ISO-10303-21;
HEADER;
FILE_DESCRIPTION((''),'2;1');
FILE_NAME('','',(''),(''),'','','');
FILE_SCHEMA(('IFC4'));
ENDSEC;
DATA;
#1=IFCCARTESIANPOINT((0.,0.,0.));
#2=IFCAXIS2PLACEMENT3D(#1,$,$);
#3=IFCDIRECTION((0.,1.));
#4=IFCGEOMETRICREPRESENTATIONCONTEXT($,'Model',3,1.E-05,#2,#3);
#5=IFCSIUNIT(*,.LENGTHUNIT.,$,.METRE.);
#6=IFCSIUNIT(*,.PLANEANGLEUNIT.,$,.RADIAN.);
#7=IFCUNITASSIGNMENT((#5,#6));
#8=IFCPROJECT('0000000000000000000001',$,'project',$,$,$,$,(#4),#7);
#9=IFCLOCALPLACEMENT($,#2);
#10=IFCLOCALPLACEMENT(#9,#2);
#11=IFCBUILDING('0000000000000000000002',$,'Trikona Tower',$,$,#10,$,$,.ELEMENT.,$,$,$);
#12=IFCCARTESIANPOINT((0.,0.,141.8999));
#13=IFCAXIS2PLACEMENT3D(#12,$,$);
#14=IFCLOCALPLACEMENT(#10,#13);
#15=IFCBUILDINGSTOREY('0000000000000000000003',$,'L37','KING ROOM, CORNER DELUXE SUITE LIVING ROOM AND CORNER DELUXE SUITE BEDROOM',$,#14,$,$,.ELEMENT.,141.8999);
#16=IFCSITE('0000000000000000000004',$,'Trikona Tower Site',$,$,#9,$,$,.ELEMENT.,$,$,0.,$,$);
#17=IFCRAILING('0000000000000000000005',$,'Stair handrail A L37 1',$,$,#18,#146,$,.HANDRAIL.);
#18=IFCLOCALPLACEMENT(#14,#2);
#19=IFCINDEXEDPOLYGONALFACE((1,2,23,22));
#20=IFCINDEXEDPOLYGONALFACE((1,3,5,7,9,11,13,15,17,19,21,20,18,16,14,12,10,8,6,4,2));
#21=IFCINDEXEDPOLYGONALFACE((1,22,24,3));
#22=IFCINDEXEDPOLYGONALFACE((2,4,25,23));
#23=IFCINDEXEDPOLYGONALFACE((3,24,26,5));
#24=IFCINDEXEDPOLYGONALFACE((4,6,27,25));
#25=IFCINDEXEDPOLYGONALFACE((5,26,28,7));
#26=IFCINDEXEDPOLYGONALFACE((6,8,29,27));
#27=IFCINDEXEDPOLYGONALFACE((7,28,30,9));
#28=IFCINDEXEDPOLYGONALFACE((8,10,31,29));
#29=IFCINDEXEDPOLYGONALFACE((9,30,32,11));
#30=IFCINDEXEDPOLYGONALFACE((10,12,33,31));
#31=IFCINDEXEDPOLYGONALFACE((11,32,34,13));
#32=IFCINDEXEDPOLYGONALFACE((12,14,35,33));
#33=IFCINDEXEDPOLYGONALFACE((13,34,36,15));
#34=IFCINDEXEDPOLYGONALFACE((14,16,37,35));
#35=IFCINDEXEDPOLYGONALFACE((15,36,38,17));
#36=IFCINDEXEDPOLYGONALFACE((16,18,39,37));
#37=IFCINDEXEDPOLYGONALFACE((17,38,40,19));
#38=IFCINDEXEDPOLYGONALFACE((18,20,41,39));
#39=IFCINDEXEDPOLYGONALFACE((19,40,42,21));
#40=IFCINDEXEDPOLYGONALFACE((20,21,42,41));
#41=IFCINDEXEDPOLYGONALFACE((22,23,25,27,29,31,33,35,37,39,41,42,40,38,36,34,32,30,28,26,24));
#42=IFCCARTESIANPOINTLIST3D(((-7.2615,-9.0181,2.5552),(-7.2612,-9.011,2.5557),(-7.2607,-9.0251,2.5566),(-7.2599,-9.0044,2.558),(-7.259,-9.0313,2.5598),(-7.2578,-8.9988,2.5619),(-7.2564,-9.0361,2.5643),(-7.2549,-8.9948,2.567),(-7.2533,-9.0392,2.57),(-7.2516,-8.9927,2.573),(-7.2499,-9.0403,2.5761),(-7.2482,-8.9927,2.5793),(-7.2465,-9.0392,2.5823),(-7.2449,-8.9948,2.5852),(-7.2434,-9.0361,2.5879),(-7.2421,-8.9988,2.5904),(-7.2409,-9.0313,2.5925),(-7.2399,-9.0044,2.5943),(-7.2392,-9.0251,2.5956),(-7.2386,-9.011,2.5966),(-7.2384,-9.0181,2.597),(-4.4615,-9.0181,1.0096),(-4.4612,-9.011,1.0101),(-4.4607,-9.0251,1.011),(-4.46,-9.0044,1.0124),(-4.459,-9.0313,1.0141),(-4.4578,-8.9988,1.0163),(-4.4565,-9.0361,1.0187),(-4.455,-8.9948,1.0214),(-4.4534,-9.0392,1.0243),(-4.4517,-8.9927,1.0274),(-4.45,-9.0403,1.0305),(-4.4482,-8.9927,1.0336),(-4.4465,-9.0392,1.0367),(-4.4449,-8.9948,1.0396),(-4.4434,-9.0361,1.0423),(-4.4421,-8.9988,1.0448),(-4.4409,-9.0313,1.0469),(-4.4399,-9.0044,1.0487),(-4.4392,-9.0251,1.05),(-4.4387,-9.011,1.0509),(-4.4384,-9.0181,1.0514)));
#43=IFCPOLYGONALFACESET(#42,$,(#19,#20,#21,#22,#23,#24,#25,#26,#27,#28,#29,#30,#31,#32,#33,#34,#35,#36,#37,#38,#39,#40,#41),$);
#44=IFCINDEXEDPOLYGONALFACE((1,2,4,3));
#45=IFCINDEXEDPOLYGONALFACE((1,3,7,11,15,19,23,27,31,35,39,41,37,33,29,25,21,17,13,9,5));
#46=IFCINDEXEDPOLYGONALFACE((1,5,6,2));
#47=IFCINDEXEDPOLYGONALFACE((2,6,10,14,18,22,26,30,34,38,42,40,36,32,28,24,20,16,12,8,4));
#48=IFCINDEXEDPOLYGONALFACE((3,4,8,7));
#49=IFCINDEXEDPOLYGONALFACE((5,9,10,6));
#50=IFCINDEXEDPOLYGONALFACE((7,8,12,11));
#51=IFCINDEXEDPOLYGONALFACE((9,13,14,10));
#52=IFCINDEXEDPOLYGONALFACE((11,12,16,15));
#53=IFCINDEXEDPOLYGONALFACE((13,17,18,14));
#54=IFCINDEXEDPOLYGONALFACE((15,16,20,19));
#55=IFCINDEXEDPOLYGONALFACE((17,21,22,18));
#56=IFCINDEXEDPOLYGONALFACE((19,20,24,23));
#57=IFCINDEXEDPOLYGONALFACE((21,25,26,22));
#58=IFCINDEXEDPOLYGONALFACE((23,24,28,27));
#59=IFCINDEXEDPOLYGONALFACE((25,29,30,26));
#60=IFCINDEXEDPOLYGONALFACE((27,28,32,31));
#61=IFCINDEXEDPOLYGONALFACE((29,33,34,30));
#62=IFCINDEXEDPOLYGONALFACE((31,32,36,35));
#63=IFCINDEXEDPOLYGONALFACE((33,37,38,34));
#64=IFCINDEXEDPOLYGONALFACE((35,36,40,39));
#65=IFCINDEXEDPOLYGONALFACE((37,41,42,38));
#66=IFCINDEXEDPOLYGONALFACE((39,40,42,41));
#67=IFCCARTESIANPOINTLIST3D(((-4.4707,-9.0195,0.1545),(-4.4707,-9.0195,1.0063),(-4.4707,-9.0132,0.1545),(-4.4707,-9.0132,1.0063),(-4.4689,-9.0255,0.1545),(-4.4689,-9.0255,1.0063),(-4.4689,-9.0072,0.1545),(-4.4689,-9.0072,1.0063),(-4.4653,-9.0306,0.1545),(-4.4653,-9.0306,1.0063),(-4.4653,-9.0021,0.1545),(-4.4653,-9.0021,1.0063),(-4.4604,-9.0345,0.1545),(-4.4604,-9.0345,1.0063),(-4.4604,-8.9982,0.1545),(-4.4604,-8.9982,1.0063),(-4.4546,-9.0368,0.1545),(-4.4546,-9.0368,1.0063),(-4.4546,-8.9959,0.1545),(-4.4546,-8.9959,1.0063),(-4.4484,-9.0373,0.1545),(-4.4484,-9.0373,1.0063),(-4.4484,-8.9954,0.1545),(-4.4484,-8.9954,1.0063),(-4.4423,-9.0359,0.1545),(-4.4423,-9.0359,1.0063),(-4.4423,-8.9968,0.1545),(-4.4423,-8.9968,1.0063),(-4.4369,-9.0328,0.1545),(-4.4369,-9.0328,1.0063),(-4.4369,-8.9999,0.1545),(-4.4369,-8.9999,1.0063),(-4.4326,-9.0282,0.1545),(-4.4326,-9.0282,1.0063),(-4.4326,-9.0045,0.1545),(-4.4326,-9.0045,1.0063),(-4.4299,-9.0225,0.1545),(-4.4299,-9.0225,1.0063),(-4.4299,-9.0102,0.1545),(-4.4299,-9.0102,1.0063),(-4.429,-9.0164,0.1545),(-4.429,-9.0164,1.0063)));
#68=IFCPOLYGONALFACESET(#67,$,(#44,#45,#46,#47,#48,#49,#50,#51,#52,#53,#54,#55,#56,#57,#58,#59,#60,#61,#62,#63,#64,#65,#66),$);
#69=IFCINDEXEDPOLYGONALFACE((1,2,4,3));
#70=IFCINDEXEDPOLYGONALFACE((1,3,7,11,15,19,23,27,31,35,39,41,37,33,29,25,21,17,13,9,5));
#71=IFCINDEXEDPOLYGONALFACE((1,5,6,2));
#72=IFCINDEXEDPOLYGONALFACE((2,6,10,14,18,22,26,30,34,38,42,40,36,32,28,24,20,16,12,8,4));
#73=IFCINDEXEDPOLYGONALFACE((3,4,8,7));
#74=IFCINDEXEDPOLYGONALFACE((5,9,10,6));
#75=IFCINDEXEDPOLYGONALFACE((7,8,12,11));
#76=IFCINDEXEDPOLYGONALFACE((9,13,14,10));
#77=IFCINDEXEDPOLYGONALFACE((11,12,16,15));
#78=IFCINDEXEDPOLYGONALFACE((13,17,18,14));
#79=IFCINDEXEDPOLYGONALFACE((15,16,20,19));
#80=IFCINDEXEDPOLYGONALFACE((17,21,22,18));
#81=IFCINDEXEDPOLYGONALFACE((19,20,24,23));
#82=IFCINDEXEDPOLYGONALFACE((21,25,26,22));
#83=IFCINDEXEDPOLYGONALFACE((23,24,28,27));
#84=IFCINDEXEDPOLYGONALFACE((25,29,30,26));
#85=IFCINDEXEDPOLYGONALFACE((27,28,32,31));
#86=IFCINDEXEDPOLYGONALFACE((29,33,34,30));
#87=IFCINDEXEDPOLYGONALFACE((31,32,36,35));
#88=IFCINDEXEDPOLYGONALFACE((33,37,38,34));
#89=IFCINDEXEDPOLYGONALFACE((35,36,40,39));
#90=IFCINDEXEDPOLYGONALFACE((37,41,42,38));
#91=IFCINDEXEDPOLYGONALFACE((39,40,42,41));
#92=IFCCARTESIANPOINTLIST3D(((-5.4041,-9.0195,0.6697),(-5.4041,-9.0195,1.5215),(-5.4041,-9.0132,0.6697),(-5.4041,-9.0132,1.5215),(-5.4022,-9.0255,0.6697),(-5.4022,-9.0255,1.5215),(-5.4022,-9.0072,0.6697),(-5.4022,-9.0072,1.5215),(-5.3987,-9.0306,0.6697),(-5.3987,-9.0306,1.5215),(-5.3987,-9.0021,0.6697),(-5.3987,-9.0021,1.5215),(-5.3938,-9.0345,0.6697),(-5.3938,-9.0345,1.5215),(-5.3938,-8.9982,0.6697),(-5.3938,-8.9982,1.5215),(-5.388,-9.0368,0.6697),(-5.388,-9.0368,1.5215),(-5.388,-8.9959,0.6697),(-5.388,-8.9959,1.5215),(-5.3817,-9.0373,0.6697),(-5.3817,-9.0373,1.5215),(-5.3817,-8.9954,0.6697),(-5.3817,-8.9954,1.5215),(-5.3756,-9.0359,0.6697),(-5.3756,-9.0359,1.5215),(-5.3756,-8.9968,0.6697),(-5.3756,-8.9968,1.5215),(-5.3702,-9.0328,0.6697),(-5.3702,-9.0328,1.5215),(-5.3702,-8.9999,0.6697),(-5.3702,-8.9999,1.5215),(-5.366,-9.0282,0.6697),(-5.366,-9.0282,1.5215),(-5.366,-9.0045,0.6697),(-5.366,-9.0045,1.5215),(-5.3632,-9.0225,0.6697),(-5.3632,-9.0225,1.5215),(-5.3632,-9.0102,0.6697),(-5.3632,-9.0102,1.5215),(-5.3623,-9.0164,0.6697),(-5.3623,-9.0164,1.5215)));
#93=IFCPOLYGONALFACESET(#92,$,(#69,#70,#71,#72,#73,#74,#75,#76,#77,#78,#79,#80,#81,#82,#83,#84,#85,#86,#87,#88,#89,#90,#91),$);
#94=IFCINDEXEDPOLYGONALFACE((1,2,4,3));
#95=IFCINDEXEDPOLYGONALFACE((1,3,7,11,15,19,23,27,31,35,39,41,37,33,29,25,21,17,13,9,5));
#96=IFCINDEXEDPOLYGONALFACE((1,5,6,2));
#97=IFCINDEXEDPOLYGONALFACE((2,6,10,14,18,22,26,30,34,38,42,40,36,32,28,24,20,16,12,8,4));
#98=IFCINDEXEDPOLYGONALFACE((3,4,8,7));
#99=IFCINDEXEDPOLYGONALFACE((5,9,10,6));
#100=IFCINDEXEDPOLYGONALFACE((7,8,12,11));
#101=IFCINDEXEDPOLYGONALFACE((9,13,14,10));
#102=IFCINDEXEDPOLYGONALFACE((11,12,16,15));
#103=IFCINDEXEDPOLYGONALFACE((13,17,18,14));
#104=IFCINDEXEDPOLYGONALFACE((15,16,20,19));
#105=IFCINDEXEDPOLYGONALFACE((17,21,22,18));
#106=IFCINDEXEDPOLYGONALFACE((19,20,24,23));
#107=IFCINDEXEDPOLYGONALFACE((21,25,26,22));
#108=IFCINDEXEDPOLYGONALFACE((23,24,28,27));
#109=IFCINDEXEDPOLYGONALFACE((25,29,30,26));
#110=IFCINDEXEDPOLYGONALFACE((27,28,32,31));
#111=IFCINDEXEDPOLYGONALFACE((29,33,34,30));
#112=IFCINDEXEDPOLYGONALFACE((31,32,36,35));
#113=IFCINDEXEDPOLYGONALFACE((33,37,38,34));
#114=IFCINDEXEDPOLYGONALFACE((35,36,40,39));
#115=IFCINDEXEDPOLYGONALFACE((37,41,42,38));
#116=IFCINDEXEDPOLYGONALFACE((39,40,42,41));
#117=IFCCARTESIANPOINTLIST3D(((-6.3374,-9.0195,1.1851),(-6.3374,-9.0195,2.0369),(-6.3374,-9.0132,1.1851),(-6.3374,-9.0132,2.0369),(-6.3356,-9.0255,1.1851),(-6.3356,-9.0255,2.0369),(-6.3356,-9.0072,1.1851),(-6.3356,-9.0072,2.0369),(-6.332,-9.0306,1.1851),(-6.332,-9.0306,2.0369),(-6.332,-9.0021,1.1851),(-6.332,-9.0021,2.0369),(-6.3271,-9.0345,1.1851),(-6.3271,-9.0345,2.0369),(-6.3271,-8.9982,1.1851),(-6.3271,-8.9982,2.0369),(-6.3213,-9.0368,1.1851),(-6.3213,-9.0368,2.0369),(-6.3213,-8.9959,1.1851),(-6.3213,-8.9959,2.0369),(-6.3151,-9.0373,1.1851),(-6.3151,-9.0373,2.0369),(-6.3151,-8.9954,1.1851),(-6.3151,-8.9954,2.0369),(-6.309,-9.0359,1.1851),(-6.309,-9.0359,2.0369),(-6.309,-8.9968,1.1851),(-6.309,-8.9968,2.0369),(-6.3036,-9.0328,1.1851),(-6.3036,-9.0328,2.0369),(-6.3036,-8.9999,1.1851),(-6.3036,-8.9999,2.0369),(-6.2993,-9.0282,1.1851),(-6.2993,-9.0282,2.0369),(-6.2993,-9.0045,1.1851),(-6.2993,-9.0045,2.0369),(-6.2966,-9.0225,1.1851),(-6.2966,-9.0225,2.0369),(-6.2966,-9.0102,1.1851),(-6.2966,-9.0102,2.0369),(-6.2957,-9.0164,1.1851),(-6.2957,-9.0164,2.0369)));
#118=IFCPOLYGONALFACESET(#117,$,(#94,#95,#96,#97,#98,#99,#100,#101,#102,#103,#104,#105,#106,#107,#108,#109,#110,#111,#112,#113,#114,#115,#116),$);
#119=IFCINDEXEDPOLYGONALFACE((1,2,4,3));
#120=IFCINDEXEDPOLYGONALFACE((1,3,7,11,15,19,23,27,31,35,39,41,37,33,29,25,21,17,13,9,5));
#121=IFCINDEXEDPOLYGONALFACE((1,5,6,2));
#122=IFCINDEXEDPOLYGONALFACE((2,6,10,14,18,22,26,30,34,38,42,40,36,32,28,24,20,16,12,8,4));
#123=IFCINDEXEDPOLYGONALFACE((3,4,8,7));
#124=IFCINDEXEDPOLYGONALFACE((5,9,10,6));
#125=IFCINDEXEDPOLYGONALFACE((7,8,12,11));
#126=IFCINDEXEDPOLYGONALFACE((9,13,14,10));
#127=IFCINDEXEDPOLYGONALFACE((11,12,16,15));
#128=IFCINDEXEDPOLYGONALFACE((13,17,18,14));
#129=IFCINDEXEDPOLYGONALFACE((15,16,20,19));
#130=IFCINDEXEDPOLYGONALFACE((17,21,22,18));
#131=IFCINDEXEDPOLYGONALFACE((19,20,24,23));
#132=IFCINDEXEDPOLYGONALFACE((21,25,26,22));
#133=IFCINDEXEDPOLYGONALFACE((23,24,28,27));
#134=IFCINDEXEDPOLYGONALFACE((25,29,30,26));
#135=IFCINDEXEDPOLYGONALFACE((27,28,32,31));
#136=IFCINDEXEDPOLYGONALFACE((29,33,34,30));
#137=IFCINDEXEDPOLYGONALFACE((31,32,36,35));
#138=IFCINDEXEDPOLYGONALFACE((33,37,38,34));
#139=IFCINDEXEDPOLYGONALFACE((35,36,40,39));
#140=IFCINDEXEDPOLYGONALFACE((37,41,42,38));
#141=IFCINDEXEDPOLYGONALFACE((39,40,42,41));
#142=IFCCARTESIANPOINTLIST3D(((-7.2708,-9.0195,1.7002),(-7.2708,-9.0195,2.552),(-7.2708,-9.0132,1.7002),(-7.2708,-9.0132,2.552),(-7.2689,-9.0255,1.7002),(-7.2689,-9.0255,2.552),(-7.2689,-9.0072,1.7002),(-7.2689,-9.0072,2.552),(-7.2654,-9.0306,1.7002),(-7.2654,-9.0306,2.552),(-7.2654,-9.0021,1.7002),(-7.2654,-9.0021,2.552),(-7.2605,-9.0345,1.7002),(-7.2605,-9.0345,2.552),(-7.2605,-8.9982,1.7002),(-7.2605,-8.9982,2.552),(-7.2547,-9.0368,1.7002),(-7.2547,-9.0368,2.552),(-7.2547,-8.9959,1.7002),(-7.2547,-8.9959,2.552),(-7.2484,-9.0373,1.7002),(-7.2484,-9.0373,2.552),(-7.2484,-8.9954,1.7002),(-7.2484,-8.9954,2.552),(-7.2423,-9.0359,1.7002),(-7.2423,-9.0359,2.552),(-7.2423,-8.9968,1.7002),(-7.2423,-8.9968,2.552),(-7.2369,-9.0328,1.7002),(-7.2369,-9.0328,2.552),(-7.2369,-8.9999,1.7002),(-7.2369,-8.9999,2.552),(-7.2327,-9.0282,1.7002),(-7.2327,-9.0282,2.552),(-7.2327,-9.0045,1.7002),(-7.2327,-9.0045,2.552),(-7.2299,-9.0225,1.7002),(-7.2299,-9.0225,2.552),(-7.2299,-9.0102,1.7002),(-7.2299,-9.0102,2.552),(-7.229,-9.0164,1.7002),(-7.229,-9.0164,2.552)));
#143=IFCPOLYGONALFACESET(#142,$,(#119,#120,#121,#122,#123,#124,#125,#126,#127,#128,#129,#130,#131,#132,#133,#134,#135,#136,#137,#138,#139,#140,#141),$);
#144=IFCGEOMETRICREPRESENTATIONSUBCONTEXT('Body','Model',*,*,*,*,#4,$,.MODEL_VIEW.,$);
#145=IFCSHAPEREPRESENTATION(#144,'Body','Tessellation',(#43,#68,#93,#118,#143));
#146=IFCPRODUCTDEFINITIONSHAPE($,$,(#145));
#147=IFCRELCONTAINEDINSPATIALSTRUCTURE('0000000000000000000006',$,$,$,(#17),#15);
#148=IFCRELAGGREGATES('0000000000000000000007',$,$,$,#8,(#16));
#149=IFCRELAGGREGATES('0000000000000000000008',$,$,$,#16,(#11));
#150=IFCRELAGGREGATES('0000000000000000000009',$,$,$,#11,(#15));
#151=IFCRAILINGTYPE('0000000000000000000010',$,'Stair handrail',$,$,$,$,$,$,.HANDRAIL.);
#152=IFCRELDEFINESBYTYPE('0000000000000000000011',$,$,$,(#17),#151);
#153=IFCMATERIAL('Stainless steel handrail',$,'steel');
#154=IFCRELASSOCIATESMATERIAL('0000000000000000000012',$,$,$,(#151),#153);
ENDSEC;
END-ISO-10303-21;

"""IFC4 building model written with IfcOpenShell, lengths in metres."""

from ifc_helpers import new_model, si_unit, direction, frame, origin, origin_2d, place, context, subcontext, project, spatial, circle, extrude, material, type_object, element, save


model = new_model("IFC4")

# Units and contexts
model_context = context("Model", 3, precision=1e-05, world=origin(), true_north=direction((0.0, 1.0)))
body_context = subcontext(model_context, "Body", "Model", "MODEL_VIEW")
ifc_project = project(units=[si_unit("LENGTHUNIT", "METRE"), si_unit("PLANEANGLEUNIT", "RADIAN")], contexts=[model_context])

# Site, building, storey
site_placement = place(None, origin())
site = spatial("IfcSite", under=ifc_project, at=site_placement, Name="Trikona Tower Site", CompositionType="ELEMENT", RefElevation=0.0)
building_placement = place(site_placement, origin())
building = spatial("IfcBuilding", under=site, at=building_placement, Name="Trikona Tower", CompositionType="ELEMENT")
storey_placement = place(building_placement, frame((0.0, 0.0, 141.8999)))
storey = spatial("IfcBuildingStorey", under=building, at=storey_placement, Name="L37", Description="KING ROOM, CORNER DELUXE SUITE LIVING ROOM AND CORNER DELUXE SUITE BEDROOM", CompositionType="ELEMENT", Elevation=141.8999)

# Railing
ifc_material_1 = material(Name="Stainless steel handrail", Category="steel")
railing_type = type_object("IfcRailingType", Name="Stair handrail", PredefinedType="HANDRAIL", material=ifc_material_1)
railing_placement = place(storey_placement, frame((-4.45, -9.0164, 0.1545)))
element("IfcRailing", 1, at=railing_placement, inside=storey, type_object=railing_type, Name="Stair handrail A L37 1", PredefinedType="HANDRAIL", context=body_context, shape_type="SweptSolid", body=[
    extrude(circle(Radius=0.0239, at=origin_2d()), frame((0.0, 0.0, 0.876), z_axis=(-0.875472, 0.0, 0.483269), x_axis=(0.0, -1.0, 0.0)), (0.0, 0.0, 1.0), 3.1982),
    extrude(circle(Radius=0.021, at=origin_2d()), origin(), (0.0, 0.0, 1.0), 0.8518),
    extrude(circle(Radius=0.021, at=origin_2d()), frame((-0.9333, 0.0, 0.5151)), (0.0, 0.0, 1.0), 0.8518),
    extrude(circle(Radius=0.021, at=origin_2d()), frame((-1.8667, 0.0, 1.0305)), (0.0, 0.0, 1.0), 0.8518),
    extrude(circle(Radius=0.021, at=origin_2d()), frame((-2.8, 0.0, 1.5457)), (0.0, 0.0, 1.0), 0.8518),
])

save(model, "model.ifc")
